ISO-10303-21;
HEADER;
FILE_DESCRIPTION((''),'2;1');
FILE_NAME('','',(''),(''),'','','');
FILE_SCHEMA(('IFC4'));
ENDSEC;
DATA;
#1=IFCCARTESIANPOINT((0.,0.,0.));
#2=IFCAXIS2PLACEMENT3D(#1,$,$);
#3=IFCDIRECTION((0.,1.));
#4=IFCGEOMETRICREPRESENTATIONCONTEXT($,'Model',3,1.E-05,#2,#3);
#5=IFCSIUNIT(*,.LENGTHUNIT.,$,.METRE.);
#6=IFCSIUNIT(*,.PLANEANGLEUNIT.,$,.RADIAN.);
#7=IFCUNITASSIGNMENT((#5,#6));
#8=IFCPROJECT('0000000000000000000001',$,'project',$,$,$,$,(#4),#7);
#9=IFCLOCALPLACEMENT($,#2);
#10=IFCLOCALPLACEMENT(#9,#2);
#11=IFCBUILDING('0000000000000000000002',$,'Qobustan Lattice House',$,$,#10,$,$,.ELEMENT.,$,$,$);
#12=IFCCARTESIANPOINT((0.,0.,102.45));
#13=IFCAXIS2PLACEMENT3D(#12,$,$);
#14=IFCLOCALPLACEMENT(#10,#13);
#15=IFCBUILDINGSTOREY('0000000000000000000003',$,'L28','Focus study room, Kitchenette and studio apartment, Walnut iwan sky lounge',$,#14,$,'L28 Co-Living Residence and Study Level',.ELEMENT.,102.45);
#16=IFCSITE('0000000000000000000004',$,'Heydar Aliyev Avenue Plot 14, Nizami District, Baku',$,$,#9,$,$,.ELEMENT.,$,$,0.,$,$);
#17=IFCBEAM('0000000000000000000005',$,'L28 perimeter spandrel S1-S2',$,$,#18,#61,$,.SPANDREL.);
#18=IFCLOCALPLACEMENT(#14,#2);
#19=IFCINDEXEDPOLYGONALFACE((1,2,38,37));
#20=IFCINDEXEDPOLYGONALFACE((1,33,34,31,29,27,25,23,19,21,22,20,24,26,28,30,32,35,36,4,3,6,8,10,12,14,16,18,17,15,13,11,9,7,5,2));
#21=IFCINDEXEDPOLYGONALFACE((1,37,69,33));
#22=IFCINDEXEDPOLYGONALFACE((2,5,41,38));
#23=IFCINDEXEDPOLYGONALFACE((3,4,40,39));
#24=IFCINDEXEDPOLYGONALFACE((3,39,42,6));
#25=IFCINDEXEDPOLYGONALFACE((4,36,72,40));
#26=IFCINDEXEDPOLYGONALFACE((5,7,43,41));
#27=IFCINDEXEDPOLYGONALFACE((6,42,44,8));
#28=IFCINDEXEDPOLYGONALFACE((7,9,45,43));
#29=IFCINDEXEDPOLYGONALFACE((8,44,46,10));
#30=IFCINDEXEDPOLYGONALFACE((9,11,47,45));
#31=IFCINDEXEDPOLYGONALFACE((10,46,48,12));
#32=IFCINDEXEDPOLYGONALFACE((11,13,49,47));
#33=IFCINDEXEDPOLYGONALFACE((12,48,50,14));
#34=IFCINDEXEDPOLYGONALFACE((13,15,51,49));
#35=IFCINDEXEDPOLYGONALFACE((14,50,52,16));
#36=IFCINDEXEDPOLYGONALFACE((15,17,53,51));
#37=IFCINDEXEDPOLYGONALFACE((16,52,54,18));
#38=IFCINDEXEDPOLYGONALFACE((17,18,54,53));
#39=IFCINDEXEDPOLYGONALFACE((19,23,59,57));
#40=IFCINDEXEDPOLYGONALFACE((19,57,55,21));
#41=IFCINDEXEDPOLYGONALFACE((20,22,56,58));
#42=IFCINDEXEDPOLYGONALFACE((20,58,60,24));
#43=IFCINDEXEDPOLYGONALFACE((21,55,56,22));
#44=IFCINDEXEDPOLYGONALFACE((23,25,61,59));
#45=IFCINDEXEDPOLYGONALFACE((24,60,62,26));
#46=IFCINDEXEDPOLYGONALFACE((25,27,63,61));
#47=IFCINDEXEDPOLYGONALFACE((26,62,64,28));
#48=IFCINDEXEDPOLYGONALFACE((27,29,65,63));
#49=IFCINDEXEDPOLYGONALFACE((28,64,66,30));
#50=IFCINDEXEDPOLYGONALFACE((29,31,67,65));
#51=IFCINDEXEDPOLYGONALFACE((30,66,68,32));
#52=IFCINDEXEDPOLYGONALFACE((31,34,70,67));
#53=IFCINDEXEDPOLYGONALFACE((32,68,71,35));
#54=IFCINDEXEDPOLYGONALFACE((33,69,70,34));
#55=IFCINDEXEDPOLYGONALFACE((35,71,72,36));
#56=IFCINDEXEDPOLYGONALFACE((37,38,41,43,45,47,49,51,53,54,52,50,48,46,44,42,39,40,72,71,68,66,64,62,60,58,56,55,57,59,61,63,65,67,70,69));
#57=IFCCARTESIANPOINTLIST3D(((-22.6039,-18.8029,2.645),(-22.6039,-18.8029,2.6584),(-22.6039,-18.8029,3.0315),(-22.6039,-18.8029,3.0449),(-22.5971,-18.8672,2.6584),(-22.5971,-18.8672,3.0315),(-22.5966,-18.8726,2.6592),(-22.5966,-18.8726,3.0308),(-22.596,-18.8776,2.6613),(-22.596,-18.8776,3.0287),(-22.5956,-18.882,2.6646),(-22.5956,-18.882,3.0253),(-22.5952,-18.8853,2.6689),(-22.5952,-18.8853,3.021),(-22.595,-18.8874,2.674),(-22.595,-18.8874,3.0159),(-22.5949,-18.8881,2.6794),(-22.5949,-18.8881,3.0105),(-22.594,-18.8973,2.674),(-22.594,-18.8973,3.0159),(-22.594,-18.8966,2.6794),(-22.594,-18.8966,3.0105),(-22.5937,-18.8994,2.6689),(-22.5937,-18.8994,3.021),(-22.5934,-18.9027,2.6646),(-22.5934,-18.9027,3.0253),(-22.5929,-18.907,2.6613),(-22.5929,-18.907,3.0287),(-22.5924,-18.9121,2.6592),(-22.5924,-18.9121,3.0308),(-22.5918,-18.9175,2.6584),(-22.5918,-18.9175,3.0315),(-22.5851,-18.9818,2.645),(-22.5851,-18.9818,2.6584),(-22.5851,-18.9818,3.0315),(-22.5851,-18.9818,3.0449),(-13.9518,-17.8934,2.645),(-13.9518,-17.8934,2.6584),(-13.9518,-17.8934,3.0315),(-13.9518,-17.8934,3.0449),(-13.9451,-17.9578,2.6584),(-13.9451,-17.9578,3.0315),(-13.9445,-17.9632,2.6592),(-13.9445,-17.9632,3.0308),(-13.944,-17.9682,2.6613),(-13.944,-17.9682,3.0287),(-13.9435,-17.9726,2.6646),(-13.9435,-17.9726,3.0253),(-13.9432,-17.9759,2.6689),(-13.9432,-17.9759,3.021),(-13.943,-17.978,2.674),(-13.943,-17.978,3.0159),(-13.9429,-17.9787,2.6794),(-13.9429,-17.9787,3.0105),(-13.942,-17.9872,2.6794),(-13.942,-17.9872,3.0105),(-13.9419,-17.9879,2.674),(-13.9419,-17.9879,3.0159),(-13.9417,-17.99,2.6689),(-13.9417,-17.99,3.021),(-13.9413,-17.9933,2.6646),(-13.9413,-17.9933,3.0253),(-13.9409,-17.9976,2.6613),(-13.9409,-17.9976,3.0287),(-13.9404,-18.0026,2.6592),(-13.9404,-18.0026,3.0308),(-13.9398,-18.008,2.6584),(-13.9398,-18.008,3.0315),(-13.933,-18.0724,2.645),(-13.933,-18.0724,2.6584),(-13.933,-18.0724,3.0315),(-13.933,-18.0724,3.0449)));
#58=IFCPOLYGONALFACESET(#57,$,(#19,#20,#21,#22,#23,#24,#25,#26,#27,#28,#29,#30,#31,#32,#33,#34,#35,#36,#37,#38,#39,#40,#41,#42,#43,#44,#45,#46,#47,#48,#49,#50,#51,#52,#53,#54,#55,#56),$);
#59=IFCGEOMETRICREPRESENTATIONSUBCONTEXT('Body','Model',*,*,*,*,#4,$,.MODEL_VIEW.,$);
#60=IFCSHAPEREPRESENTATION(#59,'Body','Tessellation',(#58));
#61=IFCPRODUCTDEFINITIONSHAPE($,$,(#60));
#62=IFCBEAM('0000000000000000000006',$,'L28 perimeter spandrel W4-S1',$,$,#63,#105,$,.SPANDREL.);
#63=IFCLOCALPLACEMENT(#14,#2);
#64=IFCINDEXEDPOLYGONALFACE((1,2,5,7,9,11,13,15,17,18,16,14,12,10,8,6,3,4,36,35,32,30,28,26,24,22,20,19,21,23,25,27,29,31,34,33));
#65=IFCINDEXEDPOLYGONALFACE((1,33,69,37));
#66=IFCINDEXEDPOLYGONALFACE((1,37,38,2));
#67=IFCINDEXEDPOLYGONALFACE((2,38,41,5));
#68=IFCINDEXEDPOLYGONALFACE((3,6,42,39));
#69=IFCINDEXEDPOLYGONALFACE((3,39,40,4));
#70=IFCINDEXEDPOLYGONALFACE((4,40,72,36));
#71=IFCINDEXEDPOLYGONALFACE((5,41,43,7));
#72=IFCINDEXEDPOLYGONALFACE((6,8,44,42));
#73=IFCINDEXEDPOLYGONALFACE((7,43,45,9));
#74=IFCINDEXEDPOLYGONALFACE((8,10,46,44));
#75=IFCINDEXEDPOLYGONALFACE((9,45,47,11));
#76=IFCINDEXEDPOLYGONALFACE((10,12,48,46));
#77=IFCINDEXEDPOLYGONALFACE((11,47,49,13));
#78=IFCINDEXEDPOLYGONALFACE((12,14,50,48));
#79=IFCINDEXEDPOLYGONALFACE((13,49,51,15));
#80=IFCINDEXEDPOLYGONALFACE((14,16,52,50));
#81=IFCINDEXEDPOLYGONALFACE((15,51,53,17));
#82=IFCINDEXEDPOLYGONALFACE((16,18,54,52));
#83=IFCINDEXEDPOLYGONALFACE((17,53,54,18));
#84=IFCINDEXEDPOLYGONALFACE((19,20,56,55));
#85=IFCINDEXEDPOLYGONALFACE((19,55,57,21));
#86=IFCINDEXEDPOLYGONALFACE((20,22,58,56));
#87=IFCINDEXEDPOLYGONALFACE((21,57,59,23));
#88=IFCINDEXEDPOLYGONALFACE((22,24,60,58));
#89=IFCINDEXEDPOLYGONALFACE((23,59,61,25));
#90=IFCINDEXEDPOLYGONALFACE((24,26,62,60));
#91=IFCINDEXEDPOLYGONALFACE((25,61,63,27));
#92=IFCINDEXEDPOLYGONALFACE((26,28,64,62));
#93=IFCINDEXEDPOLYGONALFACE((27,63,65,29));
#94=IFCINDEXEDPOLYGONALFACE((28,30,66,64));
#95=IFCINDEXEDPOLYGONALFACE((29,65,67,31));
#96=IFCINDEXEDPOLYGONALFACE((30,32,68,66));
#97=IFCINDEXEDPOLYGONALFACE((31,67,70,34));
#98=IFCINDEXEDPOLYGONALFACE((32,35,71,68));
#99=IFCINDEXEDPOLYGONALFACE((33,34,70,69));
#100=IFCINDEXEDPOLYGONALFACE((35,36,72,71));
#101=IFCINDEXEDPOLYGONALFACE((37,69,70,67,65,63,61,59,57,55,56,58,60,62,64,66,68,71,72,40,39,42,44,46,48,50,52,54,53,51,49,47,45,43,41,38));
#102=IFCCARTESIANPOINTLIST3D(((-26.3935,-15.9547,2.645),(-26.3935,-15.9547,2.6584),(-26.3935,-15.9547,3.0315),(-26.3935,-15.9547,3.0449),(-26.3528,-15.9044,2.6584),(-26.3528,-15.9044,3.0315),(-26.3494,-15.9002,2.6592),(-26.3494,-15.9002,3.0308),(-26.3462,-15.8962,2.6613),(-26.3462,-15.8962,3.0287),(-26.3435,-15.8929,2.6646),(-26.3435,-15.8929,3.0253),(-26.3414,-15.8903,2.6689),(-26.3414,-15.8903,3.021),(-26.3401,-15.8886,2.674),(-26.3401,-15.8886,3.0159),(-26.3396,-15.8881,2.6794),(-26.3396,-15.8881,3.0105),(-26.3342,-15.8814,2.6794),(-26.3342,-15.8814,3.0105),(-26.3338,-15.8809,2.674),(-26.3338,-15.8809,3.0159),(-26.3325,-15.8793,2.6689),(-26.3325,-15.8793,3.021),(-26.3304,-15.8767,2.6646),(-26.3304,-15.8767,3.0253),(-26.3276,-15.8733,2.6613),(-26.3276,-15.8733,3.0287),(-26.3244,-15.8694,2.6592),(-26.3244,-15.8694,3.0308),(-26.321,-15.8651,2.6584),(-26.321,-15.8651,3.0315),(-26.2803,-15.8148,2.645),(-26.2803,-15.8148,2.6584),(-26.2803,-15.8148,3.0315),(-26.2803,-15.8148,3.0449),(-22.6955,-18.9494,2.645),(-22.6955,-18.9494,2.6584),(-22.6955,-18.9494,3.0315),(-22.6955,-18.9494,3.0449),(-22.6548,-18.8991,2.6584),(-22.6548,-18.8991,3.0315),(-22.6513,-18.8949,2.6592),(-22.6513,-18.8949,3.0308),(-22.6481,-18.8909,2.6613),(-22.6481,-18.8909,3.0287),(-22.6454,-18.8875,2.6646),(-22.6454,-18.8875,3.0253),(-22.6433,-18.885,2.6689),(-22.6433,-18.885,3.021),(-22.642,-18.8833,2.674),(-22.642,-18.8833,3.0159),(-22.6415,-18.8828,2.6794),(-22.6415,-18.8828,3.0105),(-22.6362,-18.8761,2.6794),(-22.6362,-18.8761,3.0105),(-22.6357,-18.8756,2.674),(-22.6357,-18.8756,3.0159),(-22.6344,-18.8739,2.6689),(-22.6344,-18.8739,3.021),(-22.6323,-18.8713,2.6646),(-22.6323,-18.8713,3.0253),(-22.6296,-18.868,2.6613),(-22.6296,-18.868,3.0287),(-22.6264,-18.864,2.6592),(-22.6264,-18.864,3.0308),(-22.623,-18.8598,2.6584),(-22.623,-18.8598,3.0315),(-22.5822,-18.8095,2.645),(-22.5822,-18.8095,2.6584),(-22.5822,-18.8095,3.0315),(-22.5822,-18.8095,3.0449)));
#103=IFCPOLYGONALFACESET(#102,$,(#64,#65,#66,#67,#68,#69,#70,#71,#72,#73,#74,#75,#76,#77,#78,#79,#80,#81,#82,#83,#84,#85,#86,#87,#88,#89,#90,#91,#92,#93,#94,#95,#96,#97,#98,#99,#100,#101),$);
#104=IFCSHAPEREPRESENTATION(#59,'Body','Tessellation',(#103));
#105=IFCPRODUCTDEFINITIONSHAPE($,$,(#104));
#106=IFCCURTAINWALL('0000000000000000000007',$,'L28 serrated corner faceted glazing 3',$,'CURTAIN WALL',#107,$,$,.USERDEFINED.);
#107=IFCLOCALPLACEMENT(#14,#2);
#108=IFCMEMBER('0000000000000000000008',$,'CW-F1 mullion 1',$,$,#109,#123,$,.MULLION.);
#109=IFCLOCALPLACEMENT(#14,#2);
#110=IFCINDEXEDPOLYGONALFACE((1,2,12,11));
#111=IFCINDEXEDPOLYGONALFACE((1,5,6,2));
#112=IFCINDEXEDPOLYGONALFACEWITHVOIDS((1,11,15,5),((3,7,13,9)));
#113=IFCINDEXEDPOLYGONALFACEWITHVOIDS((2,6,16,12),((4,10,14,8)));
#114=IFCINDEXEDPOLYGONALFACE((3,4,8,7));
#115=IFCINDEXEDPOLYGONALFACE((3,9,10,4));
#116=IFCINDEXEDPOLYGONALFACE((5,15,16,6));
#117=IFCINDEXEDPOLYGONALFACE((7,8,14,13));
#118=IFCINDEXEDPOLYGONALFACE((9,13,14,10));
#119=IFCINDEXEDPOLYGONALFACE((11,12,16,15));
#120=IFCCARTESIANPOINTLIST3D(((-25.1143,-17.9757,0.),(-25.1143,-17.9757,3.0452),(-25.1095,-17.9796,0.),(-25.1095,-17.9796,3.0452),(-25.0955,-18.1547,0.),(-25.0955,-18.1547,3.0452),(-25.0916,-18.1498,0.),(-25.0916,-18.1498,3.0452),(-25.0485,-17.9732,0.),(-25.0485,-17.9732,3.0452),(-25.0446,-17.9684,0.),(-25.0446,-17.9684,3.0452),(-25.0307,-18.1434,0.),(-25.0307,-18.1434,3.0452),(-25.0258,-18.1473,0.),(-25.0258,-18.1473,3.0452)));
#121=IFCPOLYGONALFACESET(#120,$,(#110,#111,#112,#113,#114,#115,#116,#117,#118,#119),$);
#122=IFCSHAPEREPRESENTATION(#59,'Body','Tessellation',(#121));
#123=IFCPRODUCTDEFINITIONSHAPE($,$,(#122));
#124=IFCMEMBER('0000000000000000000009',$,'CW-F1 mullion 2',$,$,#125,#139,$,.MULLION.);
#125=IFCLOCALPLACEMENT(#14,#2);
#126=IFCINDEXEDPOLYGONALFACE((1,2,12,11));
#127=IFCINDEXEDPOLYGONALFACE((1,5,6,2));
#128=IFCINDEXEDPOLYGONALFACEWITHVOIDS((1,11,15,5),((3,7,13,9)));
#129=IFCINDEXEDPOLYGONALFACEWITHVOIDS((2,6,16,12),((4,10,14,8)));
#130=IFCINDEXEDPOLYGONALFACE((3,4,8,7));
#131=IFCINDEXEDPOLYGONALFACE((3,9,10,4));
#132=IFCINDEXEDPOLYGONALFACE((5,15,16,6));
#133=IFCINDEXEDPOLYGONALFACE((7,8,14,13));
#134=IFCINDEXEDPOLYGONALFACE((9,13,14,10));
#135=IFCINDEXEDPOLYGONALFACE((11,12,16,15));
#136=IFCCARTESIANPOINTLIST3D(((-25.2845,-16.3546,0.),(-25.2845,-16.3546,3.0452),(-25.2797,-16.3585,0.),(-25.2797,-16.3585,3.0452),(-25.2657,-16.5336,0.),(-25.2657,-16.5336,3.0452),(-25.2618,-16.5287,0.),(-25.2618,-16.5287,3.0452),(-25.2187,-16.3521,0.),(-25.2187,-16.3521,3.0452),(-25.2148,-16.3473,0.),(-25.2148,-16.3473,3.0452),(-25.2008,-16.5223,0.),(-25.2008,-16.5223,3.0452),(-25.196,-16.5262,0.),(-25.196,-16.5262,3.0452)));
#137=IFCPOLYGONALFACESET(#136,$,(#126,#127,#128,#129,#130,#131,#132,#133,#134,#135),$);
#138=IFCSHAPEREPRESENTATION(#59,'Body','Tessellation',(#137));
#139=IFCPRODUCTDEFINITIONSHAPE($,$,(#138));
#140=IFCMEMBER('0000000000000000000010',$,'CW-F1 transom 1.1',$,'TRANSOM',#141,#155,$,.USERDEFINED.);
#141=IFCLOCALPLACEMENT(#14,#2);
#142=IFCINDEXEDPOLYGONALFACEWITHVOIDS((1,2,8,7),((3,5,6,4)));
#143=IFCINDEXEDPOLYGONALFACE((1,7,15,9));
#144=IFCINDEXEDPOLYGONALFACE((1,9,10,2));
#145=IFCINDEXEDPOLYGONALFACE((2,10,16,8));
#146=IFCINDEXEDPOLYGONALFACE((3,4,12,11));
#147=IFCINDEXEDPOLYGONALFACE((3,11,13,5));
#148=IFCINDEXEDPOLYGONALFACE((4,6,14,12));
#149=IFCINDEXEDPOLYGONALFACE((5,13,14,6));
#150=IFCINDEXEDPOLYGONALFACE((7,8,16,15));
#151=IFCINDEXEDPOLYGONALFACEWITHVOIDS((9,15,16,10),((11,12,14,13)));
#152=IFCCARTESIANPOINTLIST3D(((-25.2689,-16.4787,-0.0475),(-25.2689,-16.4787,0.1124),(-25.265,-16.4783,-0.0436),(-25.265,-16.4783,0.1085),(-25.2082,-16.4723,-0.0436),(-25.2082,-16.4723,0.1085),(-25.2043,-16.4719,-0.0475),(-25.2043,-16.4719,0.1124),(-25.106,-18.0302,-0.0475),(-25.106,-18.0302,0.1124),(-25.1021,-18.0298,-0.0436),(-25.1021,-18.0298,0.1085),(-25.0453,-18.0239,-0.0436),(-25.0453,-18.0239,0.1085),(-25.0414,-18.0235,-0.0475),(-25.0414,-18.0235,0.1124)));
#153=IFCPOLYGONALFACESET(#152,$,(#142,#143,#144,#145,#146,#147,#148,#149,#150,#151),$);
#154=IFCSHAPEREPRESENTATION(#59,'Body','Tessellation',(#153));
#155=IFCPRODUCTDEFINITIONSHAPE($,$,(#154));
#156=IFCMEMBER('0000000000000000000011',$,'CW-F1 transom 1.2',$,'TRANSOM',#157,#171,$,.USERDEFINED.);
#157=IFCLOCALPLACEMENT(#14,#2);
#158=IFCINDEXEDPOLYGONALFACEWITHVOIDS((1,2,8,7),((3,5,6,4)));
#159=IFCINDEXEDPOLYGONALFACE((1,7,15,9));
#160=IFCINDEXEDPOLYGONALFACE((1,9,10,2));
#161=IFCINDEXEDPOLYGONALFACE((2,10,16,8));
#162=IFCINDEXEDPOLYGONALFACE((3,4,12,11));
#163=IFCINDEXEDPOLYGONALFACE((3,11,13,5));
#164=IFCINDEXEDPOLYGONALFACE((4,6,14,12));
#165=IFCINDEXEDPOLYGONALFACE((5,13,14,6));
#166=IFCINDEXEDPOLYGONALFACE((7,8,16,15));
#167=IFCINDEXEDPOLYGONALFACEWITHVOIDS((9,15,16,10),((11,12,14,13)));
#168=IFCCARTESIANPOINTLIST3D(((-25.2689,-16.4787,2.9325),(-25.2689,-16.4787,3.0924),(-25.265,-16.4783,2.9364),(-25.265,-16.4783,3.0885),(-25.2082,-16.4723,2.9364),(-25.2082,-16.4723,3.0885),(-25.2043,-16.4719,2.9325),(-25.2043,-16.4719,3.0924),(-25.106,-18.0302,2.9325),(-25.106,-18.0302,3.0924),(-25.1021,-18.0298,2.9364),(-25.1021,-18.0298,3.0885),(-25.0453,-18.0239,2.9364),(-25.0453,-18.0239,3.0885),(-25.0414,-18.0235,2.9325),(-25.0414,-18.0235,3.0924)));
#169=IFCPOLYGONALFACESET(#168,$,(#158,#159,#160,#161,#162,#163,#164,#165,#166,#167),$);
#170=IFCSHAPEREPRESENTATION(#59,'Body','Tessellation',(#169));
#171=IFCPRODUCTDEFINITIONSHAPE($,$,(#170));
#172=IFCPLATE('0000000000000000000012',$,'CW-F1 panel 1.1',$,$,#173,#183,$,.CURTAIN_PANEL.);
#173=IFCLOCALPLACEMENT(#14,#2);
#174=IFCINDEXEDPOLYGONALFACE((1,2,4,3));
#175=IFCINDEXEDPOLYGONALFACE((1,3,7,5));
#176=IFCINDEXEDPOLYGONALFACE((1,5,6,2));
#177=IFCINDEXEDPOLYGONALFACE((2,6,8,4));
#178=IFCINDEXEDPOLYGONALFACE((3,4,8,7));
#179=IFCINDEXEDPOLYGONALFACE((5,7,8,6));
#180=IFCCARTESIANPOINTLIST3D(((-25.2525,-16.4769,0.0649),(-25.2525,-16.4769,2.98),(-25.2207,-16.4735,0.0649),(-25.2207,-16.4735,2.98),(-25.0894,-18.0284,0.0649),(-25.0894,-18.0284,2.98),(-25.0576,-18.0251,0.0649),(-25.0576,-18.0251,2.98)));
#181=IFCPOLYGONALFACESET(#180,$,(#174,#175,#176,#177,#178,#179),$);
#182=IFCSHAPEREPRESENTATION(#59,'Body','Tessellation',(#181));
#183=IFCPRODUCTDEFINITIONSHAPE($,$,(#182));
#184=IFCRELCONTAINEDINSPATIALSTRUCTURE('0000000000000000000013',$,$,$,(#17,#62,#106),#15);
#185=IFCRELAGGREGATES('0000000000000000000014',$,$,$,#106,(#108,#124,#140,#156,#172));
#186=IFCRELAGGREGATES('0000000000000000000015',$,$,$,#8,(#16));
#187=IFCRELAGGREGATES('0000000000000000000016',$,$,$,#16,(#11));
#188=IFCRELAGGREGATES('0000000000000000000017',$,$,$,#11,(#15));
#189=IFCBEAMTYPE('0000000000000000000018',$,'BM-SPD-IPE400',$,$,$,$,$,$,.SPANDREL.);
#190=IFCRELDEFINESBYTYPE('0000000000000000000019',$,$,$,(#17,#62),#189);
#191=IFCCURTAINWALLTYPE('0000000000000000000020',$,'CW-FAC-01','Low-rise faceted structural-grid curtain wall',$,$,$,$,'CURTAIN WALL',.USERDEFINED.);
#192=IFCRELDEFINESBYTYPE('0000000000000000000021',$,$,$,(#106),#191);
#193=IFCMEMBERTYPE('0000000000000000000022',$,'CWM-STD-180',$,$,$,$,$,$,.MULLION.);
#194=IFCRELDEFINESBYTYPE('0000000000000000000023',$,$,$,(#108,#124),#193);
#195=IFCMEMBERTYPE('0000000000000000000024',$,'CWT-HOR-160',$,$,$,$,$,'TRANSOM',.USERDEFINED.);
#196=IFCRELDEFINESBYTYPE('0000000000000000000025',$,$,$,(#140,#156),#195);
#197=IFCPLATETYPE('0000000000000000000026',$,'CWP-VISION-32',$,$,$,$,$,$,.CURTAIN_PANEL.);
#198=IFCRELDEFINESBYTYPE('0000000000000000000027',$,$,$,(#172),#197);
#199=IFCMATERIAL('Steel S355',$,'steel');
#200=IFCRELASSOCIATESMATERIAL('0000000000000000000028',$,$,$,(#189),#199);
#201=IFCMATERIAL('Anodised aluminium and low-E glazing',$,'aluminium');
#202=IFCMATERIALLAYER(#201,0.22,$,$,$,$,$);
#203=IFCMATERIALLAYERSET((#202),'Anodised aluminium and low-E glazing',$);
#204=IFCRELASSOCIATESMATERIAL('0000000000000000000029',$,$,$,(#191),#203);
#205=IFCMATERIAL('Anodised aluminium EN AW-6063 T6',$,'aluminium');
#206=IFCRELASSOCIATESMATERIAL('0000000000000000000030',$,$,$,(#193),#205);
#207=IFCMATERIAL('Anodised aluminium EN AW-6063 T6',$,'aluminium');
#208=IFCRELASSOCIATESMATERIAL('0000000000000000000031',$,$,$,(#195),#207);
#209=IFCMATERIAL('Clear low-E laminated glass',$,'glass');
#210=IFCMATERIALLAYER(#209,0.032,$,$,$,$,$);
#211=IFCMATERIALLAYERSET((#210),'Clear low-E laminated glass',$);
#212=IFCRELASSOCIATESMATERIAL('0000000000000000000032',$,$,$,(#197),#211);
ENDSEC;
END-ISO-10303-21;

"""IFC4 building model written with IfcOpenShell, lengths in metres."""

from ifc_helpers import new_model, si_unit, direction, frame, origin, origin_2d, place, context, subcontext, project, spatial, rectangle, hollow_rectangle, i_section, extrude, material, layer, layer_set, material_profile, profile_set, type_object, element, aggregate, save


model = new_model("IFC4")

# Units and contexts
model_context = context("Model", 3, precision=1e-05, world=origin(), true_north=direction((0.0, 1.0)))
body_context = subcontext(model_context, "Body", "Model", "MODEL_VIEW")
ifc_project = project(units=[si_unit("LENGTHUNIT", "METRE"), si_unit("PLANEANGLEUNIT", "RADIAN")], contexts=[model_context])

# Site, building, storey
site_placement = place(None, origin())
site = spatial("IfcSite", under=ifc_project, at=site_placement, Name="Heydar Aliyev Avenue Plot 14, Nizami District, Baku", CompositionType="ELEMENT", RefElevation=0.0)
building_placement = place(site_placement, origin())
building = spatial("IfcBuilding", under=site, at=building_placement, Name="Qobustan Lattice House", CompositionType="ELEMENT")
storey_placement = place(building_placement, frame((0.0, 0.0, 102.45)))
storey = spatial("IfcBuildingStorey", under=building, at=storey_placement, Name="L28", Description="Focus study room, Kitchenette and studio apartment, Walnut iwan sky lounge", LongName="L28 Co-Living Residence and Study Level", CompositionType="ELEMENT", Elevation=102.45)

# Beams
ifc_material_1 = material(Name="Steel S355", Category="steel")
ifc_material_profile_1 = material_profile(ifc_material_1, i_section(OverallWidth=0.1799, OverallDepth=0.3999, WebThickness=0.0085, FlangeThickness=0.0134, FilletRadius=0.021, at=origin_2d()), Name="IPE400")
ifc_profile_set_1 = profile_set([ifc_material_profile_1], Name="Steel S355")
beam_type_1 = type_object("IfcBeamType", Name="BM-SPD-IPE400", PredefinedType="SPANDREL", material=ifc_profile_set_1)
beam_1_placement = place(storey_placement, frame((-22.5945, -18.8923, 2.845), z_axis=(0.994521, 0.104534, 0.0), x_axis=(-0.104534, 0.994521, 0.0)))
element("IfcBeam", 1, at=beam_1_placement, inside=storey, type_object=beam_type_1, Name="L28 perimeter spandrel S1-S2", PredefinedType="SPANDREL", context=body_context, shape_type="SweptSolid", body=[
    extrude(i_section(OverallWidth=0.1799, OverallDepth=0.3999, WebThickness=0.0085, FlangeThickness=0.0134, FilletRadius=0.021, at=origin_2d()), origin(), (0.0, 0.0, 1.0), 8.6997),
])
beam_2_placement = place(storey_placement, frame((-26.3369, -15.8848, 2.845), z_axis=(0.777141, -0.629327, 0.0), x_axis=(0.629327, 0.777141, 0.0)))
element("IfcBeam", 2, at=beam_2_placement, inside=storey, type_object=beam_type_1, Name="L28 perimeter spandrel W4-S1", PredefinedType="SPANDREL", context=body_context, shape_type="SweptSolid", body=[
    extrude(i_section(OverallWidth=0.1799, OverallDepth=0.3999, WebThickness=0.0085, FlangeThickness=0.0134, FilletRadius=0.021, at=origin_2d()), origin(), (0.0, 0.0, 1.0), 4.7585),
])

# Curtain wall, members, plate
ifc_material_2 = material(Name="Anodised aluminium and low-E glazing", Category="aluminium")
ifc_layer_1 = layer(ifc_material_2, 0.22)
ifc_layer_set_1 = layer_set([ifc_layer_1], Name="Anodised aluminium and low-E glazing")
curtain_wall_type = type_object("IfcCurtainWallType", Name="CW-FAC-01", Description="Low-rise faceted structural-grid curtain wall", ElementType="CURTAIN WALL", PredefinedType="USERDEFINED", material=ifc_layer_set_1)
curtain_wall_placement = place(storey_placement, origin())
curtain_wall = element("IfcCurtainWall", 3, at=curtain_wall_placement, inside=storey, type_object=curtain_wall_type, Name="L28 serrated corner faceted glazing 3", ObjectType="CURTAIN WALL", PredefinedType="USERDEFINED")
ifc_material_3 = material(Name="Anodised aluminium EN AW-6063 T6", Category="aluminium")
ifc_material_profile_2 = material_profile(ifc_material_3, hollow_rectangle(XDim=0.0701, YDim=0.1799, WallThickness=0.0044, at=origin_2d()), Name="CWM-180x70")
ifc_profile_set_2 = profile_set([ifc_material_profile_2], Name="Anodised aluminium EN AW-6063 T6")
member_type_1 = type_object("IfcMemberType", Name="CWM-STD-180", PredefinedType="MULLION", material=ifc_profile_set_2)
member_1_placement = place(storey_placement, frame((-25.0701, -18.0615, 0.0), z_axis=(0.0, 0.0, 1.0), x_axis=(-0.994522, -0.104529, 0.0)))
member_1 = element("IfcMember", 4, at=member_1_placement, type_object=member_type_1, Name="CW-F1 mullion 1", PredefinedType="MULLION", context=body_context, shape_type="SweptSolid", body=[
    extrude(hollow_rectangle(XDim=0.0701, YDim=0.1799, WallThickness=0.0044, at=origin_2d()), origin(), (0.0, 0.0, 1.0), 3.0452),
])
member_2_placement = place(storey_placement, frame((-25.2402, -16.4404, 0.0), z_axis=(0.0, 0.0, 1.0), x_axis=(-0.994522, -0.104529, 0.0)))
member_2 = element("IfcMember", 5, at=member_2_placement, type_object=member_type_1, Name="CW-F1 mullion 2", PredefinedType="MULLION", context=body_context, shape_type="SweptSolid", body=[
    extrude(hollow_rectangle(XDim=0.0701, YDim=0.1799, WallThickness=0.0044, at=origin_2d()), origin(), (0.0, 0.0, 1.0), 3.0452),
])
ifc_material_4 = material(Name="Anodised aluminium EN AW-6063 T6", Category="aluminium")
ifc_material_profile_3 = material_profile(ifc_material_4, hollow_rectangle(XDim=0.0649, YDim=0.1599, WallThickness=0.0039, at=origin_2d()), Name="CWT-160x65")
ifc_profile_set_3 = profile_set([ifc_material_profile_3], Name="Anodised aluminium EN AW-6063 T6")
member_type_2 = type_object("IfcMemberType", Name="CWT-HOR-160", ElementType="TRANSOM", PredefinedType="USERDEFINED", material=ifc_profile_set_3)
member_3_placement = place(storey_placement, frame((-25.0737, -18.0269, 0.0325), z_axis=(-0.104383, 0.994537, 0.0), x_axis=(-0.994537, -0.104383, 0.0)))
member_3 = element("IfcMember", 6, at=member_3_placement, type_object=member_type_2, Name="CW-F1 transom 1.1", ObjectType="TRANSOM", PredefinedType="USERDEFINED", context=body_context, shape_type="SweptSolid", body=[
    extrude(hollow_rectangle(XDim=0.0649, YDim=0.1599, WallThickness=0.0039, at=origin_2d()), origin(), (0.0, 0.0, 1.0), 1.5601),
])
member_4_placement = place(storey_placement, frame((-25.0737, -18.0269, 3.0125), z_axis=(-0.104383, 0.994537, 0.0), x_axis=(-0.994537, -0.104383, 0.0)))
member_4 = element("IfcMember", 7, at=member_4_placement, type_object=member_type_2, Name="CW-F1 transom 1.2", ObjectType="TRANSOM", PredefinedType="USERDEFINED", context=body_context, shape_type="SweptSolid", body=[
    extrude(hollow_rectangle(XDim=0.0649, YDim=0.1599, WallThickness=0.0039, at=origin_2d()), origin(), (0.0, 0.0, 1.0), 1.5601),
])
ifc_material_5 = material(Name="Clear low-E laminated glass", Category="glass")
ifc_layer_2 = layer(ifc_material_5, 0.032)
ifc_layer_set_2 = layer_set([ifc_layer_2], Name="Clear low-E laminated glass")
plate_type = type_object("IfcPlateType", Name="CWP-VISION-32", PredefinedType="CURTAIN_PANEL", material=ifc_layer_set_2)
plate_placement = place(storey_placement, frame((-25.155, -17.251, 0.0649), z_axis=(0.0, 0.0, 1.0), x_axis=(-0.104529, 0.994522, 0.0)))
plate = element("IfcPlate", 8, at=plate_placement, type_object=plate_type, Name="CW-F1 panel 1.1", PredefinedType="CURTAIN_PANEL", context=body_context, shape_type="SweptSolid", body=[
    extrude(rectangle(XDim=1.5601, YDim=0.032, at=origin_2d()), origin(), (0.0, 0.0, 1.0), 2.915),
])
aggregate(curtain_wall, [member_1, member_2, member_3, member_4, plate])

save(model, "model.ifc")
